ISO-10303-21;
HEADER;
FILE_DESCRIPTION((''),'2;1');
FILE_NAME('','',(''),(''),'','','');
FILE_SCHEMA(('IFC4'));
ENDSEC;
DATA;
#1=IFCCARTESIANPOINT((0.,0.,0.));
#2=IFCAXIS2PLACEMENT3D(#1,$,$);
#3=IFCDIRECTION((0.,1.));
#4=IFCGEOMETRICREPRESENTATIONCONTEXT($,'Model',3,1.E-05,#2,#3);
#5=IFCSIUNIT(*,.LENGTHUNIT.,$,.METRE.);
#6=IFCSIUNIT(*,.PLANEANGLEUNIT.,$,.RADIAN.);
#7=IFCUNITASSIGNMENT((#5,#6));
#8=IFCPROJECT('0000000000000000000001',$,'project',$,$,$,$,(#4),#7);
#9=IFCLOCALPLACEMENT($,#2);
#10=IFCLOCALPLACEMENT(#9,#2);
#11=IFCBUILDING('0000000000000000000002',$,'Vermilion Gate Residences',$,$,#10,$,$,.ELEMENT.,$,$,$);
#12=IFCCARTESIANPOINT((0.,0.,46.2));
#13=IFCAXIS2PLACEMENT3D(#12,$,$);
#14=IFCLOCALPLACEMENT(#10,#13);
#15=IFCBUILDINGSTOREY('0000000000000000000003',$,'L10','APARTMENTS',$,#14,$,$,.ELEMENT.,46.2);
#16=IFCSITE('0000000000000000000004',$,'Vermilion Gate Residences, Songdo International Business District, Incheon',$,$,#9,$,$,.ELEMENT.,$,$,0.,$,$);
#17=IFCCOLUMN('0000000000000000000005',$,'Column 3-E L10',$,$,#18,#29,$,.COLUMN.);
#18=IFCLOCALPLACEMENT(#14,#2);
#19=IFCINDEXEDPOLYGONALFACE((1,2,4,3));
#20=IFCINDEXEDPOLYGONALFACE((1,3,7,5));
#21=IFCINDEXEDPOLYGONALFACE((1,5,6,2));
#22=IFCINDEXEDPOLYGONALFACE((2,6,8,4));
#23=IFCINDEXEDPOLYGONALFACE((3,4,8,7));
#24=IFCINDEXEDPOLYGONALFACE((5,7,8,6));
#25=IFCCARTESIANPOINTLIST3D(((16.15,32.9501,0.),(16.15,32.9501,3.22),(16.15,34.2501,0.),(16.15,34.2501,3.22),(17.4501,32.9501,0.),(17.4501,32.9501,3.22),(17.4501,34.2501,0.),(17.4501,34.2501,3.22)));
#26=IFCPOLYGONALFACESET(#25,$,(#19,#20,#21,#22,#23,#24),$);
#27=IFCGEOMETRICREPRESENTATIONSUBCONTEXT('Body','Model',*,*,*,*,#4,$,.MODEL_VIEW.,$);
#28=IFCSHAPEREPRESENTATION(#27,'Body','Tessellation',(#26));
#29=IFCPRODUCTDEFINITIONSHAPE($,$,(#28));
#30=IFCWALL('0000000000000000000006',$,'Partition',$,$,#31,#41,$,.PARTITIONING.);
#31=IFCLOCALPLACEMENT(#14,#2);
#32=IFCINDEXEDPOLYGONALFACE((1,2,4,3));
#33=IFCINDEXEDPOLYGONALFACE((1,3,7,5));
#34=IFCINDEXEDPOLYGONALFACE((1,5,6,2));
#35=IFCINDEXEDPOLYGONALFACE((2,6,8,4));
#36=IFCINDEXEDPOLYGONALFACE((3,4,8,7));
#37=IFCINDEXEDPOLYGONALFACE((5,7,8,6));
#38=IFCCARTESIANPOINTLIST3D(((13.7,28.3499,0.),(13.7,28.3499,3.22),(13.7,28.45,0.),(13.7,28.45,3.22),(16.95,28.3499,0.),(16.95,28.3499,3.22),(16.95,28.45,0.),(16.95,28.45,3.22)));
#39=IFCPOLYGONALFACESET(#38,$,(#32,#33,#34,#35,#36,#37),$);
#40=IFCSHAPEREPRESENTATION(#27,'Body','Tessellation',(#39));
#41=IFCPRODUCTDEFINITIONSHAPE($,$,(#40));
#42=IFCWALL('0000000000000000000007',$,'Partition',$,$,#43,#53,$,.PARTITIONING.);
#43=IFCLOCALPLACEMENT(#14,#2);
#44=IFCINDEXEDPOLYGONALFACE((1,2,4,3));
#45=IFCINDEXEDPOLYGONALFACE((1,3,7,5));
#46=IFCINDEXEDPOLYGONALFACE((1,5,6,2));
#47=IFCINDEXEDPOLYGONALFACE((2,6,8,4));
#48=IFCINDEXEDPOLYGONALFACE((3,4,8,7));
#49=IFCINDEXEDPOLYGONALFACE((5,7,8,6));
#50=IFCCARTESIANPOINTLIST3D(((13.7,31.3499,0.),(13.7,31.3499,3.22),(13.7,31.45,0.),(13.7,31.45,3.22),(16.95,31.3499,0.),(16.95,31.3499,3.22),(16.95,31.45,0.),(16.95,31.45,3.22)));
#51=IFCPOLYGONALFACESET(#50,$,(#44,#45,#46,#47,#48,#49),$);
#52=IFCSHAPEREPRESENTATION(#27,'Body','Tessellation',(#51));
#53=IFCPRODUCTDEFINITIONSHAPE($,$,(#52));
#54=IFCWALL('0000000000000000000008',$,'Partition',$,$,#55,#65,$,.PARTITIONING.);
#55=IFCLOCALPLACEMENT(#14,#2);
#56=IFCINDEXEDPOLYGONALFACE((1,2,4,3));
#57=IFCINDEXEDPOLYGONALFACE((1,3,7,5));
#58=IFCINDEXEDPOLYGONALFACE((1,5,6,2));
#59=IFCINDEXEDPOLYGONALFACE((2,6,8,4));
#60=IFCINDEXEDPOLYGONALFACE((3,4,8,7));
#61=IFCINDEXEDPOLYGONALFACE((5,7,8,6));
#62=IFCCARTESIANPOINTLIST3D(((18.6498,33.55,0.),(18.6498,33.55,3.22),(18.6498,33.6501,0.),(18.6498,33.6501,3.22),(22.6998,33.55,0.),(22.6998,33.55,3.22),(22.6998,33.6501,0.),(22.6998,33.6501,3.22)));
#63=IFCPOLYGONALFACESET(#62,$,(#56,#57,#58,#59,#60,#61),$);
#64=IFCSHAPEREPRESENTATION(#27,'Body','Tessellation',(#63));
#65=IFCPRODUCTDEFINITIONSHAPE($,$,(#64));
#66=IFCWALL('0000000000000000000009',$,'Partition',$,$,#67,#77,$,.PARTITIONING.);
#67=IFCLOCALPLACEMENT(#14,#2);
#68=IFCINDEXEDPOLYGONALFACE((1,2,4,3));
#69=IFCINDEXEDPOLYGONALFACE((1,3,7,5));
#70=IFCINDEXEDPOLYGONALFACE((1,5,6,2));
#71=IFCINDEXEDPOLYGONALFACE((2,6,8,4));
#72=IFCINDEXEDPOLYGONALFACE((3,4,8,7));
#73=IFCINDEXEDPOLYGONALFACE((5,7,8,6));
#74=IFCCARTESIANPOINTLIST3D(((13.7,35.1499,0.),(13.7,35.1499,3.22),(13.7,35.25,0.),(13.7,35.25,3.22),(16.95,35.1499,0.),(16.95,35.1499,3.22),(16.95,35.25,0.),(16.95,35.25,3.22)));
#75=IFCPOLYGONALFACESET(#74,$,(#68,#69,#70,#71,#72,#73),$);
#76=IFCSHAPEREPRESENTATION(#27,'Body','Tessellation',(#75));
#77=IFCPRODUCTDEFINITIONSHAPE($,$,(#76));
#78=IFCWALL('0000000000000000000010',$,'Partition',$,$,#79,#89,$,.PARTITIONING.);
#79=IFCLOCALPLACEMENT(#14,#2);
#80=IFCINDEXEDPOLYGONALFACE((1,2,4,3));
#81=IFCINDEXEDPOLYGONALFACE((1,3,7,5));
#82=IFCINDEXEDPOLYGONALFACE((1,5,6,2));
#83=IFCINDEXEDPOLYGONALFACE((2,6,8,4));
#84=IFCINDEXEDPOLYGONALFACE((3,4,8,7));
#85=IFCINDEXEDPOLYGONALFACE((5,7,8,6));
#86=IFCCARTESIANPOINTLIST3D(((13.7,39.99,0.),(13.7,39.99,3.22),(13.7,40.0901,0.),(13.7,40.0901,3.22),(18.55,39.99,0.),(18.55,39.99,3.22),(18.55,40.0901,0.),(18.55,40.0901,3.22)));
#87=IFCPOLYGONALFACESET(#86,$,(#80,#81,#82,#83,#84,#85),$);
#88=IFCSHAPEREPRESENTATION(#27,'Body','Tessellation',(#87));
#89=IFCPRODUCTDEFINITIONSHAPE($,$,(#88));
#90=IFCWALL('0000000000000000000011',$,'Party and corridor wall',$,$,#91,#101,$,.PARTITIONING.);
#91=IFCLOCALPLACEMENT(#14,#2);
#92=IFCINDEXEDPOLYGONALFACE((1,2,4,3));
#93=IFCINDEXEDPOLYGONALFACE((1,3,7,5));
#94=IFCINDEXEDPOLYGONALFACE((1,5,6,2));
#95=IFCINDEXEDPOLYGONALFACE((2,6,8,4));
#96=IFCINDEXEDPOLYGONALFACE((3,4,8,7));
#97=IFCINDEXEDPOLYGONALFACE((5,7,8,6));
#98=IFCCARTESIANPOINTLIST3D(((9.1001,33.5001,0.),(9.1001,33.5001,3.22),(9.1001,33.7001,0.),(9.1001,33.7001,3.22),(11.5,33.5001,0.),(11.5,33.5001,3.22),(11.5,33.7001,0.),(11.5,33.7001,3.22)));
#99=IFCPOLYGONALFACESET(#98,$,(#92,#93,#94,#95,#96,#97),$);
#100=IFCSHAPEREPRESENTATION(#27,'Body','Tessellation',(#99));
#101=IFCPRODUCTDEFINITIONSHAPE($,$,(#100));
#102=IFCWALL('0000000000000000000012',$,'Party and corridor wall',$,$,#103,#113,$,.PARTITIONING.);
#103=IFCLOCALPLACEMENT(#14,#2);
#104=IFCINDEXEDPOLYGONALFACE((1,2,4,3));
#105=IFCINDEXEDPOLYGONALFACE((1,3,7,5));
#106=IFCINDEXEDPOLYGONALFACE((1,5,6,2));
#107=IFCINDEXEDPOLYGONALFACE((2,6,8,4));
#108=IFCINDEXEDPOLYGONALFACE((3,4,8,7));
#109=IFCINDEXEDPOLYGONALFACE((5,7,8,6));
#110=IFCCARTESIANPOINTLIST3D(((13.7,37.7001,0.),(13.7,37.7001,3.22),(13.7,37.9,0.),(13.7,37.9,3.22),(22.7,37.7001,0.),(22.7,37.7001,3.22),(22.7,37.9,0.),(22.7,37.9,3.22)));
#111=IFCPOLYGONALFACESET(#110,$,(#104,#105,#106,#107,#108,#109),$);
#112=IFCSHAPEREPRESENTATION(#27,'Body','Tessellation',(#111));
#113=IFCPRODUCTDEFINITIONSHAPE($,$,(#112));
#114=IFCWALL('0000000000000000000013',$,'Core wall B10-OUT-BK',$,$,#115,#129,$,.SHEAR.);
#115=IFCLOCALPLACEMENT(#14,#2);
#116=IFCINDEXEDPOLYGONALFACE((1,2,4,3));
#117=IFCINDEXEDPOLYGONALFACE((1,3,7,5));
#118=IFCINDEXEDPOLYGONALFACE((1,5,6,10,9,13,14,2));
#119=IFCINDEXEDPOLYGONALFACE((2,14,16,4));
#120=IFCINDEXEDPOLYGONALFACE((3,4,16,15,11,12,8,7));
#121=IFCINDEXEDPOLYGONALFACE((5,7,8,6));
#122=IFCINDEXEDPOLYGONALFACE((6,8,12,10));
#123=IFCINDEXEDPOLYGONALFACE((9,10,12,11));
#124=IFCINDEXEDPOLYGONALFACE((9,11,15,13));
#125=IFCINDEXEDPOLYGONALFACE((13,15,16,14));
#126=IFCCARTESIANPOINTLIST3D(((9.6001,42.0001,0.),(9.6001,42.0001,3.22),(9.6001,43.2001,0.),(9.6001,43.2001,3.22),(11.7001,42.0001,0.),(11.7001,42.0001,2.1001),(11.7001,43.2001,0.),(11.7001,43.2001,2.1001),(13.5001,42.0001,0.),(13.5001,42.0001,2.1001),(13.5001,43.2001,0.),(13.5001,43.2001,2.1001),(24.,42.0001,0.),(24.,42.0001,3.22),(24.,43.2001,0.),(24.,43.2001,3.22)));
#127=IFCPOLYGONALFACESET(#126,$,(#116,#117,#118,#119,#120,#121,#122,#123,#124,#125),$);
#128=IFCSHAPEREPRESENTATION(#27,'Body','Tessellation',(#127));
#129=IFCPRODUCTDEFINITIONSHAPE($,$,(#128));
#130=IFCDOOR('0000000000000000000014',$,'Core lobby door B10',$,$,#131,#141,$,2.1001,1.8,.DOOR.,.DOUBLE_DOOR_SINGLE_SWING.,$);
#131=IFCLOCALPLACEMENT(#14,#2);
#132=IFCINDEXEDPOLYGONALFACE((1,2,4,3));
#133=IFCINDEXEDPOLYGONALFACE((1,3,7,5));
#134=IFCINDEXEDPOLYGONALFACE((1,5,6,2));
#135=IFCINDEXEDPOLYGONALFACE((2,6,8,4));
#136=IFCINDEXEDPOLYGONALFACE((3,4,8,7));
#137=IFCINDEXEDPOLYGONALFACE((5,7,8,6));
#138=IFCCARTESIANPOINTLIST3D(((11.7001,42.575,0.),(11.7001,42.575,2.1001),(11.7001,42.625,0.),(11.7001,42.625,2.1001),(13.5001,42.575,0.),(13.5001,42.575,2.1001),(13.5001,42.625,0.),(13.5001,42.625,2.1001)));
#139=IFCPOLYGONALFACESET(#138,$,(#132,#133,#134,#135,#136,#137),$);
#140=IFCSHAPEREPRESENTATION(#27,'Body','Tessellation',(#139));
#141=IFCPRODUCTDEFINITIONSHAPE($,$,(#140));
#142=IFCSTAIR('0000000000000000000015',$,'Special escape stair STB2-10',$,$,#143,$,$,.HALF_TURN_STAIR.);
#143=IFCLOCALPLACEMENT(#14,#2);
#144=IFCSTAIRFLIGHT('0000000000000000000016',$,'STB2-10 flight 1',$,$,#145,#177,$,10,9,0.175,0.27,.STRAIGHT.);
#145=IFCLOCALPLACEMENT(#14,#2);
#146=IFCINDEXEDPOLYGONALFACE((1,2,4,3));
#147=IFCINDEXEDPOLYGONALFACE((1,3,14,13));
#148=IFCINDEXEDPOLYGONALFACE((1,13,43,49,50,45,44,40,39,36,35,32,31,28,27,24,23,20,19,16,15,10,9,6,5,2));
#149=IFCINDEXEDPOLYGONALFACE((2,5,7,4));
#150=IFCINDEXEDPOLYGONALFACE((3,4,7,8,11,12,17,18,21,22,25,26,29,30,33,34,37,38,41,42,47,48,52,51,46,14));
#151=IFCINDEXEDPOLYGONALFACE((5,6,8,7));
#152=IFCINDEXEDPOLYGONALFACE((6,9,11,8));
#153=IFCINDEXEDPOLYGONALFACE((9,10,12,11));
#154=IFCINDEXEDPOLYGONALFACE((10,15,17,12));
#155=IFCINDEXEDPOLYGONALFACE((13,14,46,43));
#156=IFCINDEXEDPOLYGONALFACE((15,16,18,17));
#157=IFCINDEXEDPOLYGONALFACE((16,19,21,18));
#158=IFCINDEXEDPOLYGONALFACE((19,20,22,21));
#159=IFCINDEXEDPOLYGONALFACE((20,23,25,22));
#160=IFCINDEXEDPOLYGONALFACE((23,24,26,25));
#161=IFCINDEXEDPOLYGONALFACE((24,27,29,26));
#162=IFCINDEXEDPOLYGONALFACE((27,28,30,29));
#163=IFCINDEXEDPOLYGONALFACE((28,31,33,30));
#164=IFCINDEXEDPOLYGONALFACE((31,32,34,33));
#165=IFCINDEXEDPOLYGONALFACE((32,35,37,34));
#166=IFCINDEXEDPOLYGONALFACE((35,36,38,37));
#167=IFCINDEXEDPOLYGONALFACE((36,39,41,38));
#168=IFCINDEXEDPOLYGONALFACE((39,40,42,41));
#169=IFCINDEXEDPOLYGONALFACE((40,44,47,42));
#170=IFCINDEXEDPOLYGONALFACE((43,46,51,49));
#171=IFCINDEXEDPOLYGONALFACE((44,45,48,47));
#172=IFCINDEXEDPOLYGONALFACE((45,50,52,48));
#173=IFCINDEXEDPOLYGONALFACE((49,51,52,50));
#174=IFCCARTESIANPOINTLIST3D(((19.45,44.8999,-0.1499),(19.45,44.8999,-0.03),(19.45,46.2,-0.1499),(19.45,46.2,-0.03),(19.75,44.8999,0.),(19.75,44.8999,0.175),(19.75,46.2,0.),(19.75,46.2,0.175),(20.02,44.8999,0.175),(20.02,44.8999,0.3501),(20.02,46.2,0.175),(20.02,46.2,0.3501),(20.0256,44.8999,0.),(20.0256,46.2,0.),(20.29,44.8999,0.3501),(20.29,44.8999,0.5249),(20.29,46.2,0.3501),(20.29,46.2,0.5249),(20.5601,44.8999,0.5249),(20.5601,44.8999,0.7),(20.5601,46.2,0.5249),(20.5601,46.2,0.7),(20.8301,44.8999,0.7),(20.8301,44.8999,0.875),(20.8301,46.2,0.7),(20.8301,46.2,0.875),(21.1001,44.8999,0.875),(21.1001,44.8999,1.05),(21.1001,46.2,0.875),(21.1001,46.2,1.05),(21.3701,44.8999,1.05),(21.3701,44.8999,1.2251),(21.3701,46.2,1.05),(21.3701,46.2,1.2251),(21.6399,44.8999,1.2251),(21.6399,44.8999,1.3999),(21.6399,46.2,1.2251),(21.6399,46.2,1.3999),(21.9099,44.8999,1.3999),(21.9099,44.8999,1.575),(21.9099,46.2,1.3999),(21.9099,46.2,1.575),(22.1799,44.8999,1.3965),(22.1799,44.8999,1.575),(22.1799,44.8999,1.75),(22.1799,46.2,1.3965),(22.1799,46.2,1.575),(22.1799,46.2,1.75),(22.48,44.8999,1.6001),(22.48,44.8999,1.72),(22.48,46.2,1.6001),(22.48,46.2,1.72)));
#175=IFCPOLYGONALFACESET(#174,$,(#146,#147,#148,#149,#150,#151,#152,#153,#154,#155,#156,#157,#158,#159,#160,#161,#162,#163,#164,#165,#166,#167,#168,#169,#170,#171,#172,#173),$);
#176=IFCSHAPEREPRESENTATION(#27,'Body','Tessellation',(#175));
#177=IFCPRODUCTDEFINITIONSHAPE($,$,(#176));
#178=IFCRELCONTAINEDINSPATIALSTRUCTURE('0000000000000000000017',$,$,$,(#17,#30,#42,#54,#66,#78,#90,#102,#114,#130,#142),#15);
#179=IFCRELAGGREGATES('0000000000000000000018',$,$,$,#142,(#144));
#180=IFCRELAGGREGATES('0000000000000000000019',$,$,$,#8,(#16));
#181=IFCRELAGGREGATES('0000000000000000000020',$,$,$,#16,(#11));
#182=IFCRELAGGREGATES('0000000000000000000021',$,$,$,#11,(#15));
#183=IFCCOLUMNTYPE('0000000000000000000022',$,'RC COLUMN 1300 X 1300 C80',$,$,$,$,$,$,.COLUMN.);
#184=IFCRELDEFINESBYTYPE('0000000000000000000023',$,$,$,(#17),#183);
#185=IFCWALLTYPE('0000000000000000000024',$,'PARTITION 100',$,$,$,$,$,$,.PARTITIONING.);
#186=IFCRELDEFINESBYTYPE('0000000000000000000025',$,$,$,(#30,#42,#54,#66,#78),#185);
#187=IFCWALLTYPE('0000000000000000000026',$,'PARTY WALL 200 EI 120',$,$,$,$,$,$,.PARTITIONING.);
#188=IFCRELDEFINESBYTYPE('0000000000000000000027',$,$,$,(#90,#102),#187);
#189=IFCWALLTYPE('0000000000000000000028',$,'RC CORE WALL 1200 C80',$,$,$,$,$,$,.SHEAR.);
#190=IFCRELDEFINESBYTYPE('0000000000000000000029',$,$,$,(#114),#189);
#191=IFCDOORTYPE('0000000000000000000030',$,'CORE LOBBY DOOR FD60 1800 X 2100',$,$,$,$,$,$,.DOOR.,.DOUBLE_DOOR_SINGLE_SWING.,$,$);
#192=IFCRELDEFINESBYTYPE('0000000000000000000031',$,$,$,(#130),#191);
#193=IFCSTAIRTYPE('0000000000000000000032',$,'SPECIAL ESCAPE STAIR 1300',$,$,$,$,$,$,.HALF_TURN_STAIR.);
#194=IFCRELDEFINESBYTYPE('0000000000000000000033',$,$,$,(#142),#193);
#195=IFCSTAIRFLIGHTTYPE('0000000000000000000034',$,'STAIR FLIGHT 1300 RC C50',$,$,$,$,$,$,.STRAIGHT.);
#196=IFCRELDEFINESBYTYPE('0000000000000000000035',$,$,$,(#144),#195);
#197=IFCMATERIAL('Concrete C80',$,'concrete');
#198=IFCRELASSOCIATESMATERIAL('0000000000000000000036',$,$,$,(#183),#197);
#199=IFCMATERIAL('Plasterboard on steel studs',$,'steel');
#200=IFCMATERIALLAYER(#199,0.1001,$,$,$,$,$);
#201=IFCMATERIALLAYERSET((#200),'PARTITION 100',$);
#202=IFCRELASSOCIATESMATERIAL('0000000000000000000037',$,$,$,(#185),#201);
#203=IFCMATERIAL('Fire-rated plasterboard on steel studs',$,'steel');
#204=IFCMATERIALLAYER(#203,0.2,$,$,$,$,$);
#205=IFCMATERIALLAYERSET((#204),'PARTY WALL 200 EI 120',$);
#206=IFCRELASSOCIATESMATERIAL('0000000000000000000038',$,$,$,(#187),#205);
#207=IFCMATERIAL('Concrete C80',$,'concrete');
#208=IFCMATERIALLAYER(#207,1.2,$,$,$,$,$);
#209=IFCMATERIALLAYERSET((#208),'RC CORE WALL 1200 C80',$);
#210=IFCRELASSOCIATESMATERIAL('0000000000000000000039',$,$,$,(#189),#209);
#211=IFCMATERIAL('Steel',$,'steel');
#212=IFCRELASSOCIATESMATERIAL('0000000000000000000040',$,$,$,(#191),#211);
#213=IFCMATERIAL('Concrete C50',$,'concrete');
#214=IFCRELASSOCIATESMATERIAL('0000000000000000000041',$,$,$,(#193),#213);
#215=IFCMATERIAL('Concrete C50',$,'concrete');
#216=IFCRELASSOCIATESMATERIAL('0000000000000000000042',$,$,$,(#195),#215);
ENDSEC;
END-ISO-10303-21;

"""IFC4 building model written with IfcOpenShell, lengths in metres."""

from ifc_helpers import new_model, si_unit, direction, frame, frame_2d, origin, origin_2d, place, context, subcontext, project, spatial, polyline, rectangle, outline, extrude, material, layer, layer_set, material_profile, profile_set, type_object, element, fill, aggregate, save


model = new_model("IFC4")

# Units and contexts
model_context = context("Model", 3, precision=1e-05, world=origin(), true_north=direction((0.0, 1.0)))
body_context = subcontext(model_context, "Body", "Model", "MODEL_VIEW")
ifc_project = project(units=[si_unit("LENGTHUNIT", "METRE"), si_unit("PLANEANGLEUNIT", "RADIAN")], contexts=[model_context])

# Site, building, storey
site_placement = place(None, origin())
site = spatial("IfcSite", under=ifc_project, at=site_placement, Name="Vermilion Gate Residences, Songdo International Business District, Incheon", CompositionType="ELEMENT", RefElevation=0.0)
building_placement = place(site_placement, origin())
building = spatial("IfcBuilding", under=site, at=building_placement, Name="Vermilion Gate Residences", CompositionType="ELEMENT")
storey_placement = place(building_placement, frame((0.0, 0.0, 46.2)))
storey = spatial("IfcBuildingStorey", under=building, at=storey_placement, Name="L10", Description="APARTMENTS", CompositionType="ELEMENT", Elevation=46.2)

# Column
ifc_material_1 = material(Name="Concrete C80", Category="concrete")
ifc_material_profile = material_profile(ifc_material_1, rectangle(XDim=1.3, YDim=1.3, at=origin_2d()), Name="RC-1300x1300")
ifc_profile_set = profile_set([ifc_material_profile], Name="Concrete C80")
column_type = type_object("IfcColumnType", Name="RC COLUMN 1300 X 1300 C80", PredefinedType="COLUMN", material=ifc_profile_set)
column_placement = place(storey_placement, frame((16.8, 33.6001, 0.0), z_axis=(0.0, 0.0, 1.0), x_axis=(1.0, 0.0, 0.0)))
element("IfcColumn", 1, at=column_placement, inside=storey, type_object=column_type, Name="Column 3-E L10", PredefinedType="COLUMN", context=body_context, shape_type="SweptSolid", body=[
    extrude(rectangle(XDim=1.3, YDim=1.3, at=origin_2d()), origin(), (0.0, 0.0, 1.0), 3.22),
])

# Walls
ifc_material_2 = material(Name="Plasterboard on steel studs", Category="steel")
ifc_layer_1 = layer(ifc_material_2, 0.1001)
ifc_layer_set_1 = layer_set([ifc_layer_1], Name="PARTITION 100")
wall_type_1 = type_object("IfcWallType", Name="PARTITION 100", PredefinedType="PARTITIONING", material=ifc_layer_set_1)
for number, where, z_axis, x_axis, name in (
    (2, (13.7, 28.3999, 0.0), (0.0, 0.0, 1.0), (1.0, 0.0, 0.0), "Partition"),
    (3, (13.7, 31.3999, 0.0), (0.0, 0.0, 1.0), (1.0, 0.0, 0.0), "Partition"),
):
    element("IfcWall", number, at=place(storey_placement, frame(where, z_axis=z_axis, x_axis=x_axis)), inside=storey, type_object=wall_type_1, Name=name, PredefinedType="PARTITIONING", context=body_context, shape_type="SweptSolid", body=[
        extrude(rectangle(XDim=3.25, YDim=0.1001, at=frame_2d((1.625, 0.0))), origin(), (0.0, 0.0, 1.0), 3.22),
    ])
wall_1_placement = place(storey_placement, frame((18.6499, 33.6001, 0.0), z_axis=(0.0, 0.0, 1.0), x_axis=(1.0, 0.0, 0.0)))
element("IfcWall", 4, at=wall_1_placement, inside=storey, type_object=wall_type_1, Name="Partition", PredefinedType="PARTITIONING", context=body_context, shape_type="SweptSolid", body=[
    extrude(rectangle(XDim=4.05, YDim=0.1001, at=frame_2d((2.0249, 0.0))), origin(), (0.0, 0.0, 1.0), 3.22),
])
wall_2_placement = place(storey_placement, frame((13.7, 35.2, 0.0), z_axis=(0.0, 0.0, 1.0), x_axis=(1.0, 0.0, 0.0)))
element("IfcWall", 5, at=wall_2_placement, inside=storey, type_object=wall_type_1, Name="Partition", PredefinedType="PARTITIONING", context=body_context, shape_type="SweptSolid", body=[
    extrude(rectangle(XDim=3.25, YDim=0.1001, at=frame_2d((1.625, 0.0))), origin(), (0.0, 0.0, 1.0), 3.22),
])
wall_3_placement = place(storey_placement, frame((13.7, 40.04, 0.0), z_axis=(0.0, 0.0, 1.0), x_axis=(1.0, 0.0, 0.0)))
element("IfcWall", 6, at=wall_3_placement, inside=storey, type_object=wall_type_1, Name="Partition", PredefinedType="PARTITIONING", context=body_context, shape_type="SweptSolid", body=[
    extrude(rectangle(XDim=4.8501, YDim=0.1001, at=frame_2d((2.425, 0.0))), origin(), (0.0, 0.0, 1.0), 3.22),
])
ifc_material_3 = material(Name="Fire-rated plasterboard on steel studs", Category="steel")
ifc_layer_2 = layer(ifc_material_3, 0.2)
ifc_layer_set_2 = layer_set([ifc_layer_2], Name="PARTY WALL 200 EI 120")
wall_type_2 = type_object("IfcWallType", Name="PARTY WALL 200 EI 120", PredefinedType="PARTITIONING", material=ifc_layer_set_2)
wall_4_placement = place(storey_placement, frame((9.1001, 33.6001, 0.0), z_axis=(0.0, 0.0, 1.0), x_axis=(1.0, 0.0, 0.0)))
element("IfcWall", 7, at=wall_4_placement, inside=storey, type_object=wall_type_2, Name="Party and corridor wall", PredefinedType="PARTITIONING", context=body_context, shape_type="SweptSolid", body=[
    extrude(rectangle(XDim=2.3999, YDim=0.2, at=frame_2d((1.2, 0.0))), origin(), (0.0, 0.0, 1.0), 3.22),
])
wall_5_placement = place(storey_placement, frame((13.7, 37.8, 0.0), z_axis=(0.0, 0.0, 1.0), x_axis=(1.0, 0.0, 0.0)))
element("IfcWall", 8, at=wall_5_placement, inside=storey, type_object=wall_type_2, Name="Party and corridor wall", PredefinedType="PARTITIONING", context=body_context, shape_type="SweptSolid", body=[
    extrude(rectangle(XDim=9.0, YDim=0.2, at=frame_2d((4.5, 0.0))), origin(), (0.0, 0.0, 1.0), 3.22),
])

# Wall, opening, door
ifc_material_4 = material(Name="Concrete C80", Category="concrete")
ifc_layer_3 = layer(ifc_material_4, 1.2)
ifc_layer_set_3 = layer_set([ifc_layer_3], Name="RC CORE WALL 1200 C80")
wall_type_3 = type_object("IfcWallType", Name="RC CORE WALL 1200 C80", PredefinedType="SHEAR", material=ifc_layer_set_3)
wall_6_placement = place(storey_placement, frame((9.6001, 42.6001, 0.0), z_axis=(0.0, 0.0, 1.0), x_axis=(1.0, 0.0, 0.0)))
wall_6 = element("IfcWall", 9, at=wall_6_placement, inside=storey, type_object=wall_type_3, Name="Core wall B10-OUT-BK", PredefinedType="SHEAR", context=body_context, shape_type="SweptSolid", body=[
    extrude(rectangle(XDim=14.3999, YDim=1.2, at=frame_2d((7.2, 0.0))), origin(), (0.0, 0.0, 1.0), 3.22),
])
opening_placement = place(wall_6_placement, frame((2.1001, 0.0, 0.0)))
opening = element("IfcOpeningElement", 10, at=opening_placement, cuts=wall_6, PredefinedType="OPENING", context=body_context, shape_type="SweptSolid", body=[
    extrude(rectangle(XDim=1.8, YDim=2.1001, at=frame_2d((0.8999, 1.05))), frame((0.0, 0.6099, 0.0), z_axis=(0.0, -1.0, 0.0), x_axis=(1.0, 0.0, 0.0)), (0.0, 0.0, 1.0), 1.22),
])
ifc_material_5 = material(Name="Steel", Category="steel")
door_type = type_object("IfcDoorType", Name="CORE LOBBY DOOR FD60 1800 X 2100", OperationType="DOUBLE_DOOR_SINGLE_SWING", PredefinedType="DOOR", material=ifc_material_5)
door_placement = place(opening_placement, origin())
door = element("IfcDoor", 11, at=door_placement, inside=storey, type_object=door_type, Name="Core lobby door B10", OperationType="DOUBLE_DOOR_SINGLE_SWING", OverallHeight=2.1001, OverallWidth=1.8, PredefinedType="DOOR", context=body_context, shape_type="SweptSolid", body=[
    extrude(rectangle(XDim=1.8, YDim=2.1001, at=frame_2d((0.8999, 1.05))), frame((0.0, 0.0249, 0.0), z_axis=(0.0, -1.0, 0.0), x_axis=(1.0, 0.0, 0.0)), (0.0, 0.0, 1.0), 0.05),
])
fill(opening, door)

# Stair, stair flight
ifc_material_6 = material(Name="Concrete C50", Category="concrete")
stair_type = type_object("IfcStairType", Name="SPECIAL ESCAPE STAIR 1300", PredefinedType="HALF_TURN_STAIR", material=ifc_material_6)
stair_placement = place(storey_placement, origin())
stair = element("IfcStair", 12, at=stair_placement, inside=storey, type_object=stair_type, Name="Special escape stair STB2-10", PredefinedType="HALF_TURN_STAIR")
ifc_material_7 = material(Name="Concrete C50", Category="concrete")
stair_flight_type = type_object("IfcStairFlightType", Name="STAIR FLIGHT 1300 RC C50", PredefinedType="STRAIGHT", material=ifc_material_7)
stair_flight_placement = place(storey_placement, frame((19.75, 45.55, 0.0), z_axis=(0.0, 0.0, 1.0), x_axis=(1.0, 0.0, 0.0)))
stair_flight = element("IfcStairFlight", 13, at=stair_flight_placement, type_object=stair_flight_type, Name="STB2-10 flight 1", NumberOfRisers=10, NumberOfTreads=9, PredefinedType="STRAIGHT", RiserHeight=0.175, TreadLength=0.27, context=body_context, shape_type="SweptSolid", body=[
    extrude(outline(polyline([(-0.3, -0.1499), (-0.3, -0.03), (0.0, 0.0), (0.0, 0.175), (0.27, 0.175), (0.27, 0.3501), (0.54, 0.3501), (0.54, 0.5249), (0.8101, 0.5249), (0.8101, 0.7), (1.0801, 0.7), (1.0801, 0.875), (1.3501, 0.875), (1.3501, 1.05), (1.6201, 1.05), (1.6201, 1.2251), (1.8899, 1.2251), (1.8899, 1.3999), (2.1599, 1.3999), (2.1599, 1.575), (2.4299, 1.575), (2.4299, 1.75), (2.73, 1.72), (2.73, 1.6001), (2.4299, 1.3965), (0.2756, 0.0), (-0.3, -0.1499)])), frame((0.0, 0.6499, 0.0), z_axis=(0.0, -1.0, 0.0), x_axis=(1.0, 0.0, 0.0)), (0.0, 0.0, 1.0), 1.3),
])
aggregate(stair, [stair_flight])

save(model, "model.ifc")
